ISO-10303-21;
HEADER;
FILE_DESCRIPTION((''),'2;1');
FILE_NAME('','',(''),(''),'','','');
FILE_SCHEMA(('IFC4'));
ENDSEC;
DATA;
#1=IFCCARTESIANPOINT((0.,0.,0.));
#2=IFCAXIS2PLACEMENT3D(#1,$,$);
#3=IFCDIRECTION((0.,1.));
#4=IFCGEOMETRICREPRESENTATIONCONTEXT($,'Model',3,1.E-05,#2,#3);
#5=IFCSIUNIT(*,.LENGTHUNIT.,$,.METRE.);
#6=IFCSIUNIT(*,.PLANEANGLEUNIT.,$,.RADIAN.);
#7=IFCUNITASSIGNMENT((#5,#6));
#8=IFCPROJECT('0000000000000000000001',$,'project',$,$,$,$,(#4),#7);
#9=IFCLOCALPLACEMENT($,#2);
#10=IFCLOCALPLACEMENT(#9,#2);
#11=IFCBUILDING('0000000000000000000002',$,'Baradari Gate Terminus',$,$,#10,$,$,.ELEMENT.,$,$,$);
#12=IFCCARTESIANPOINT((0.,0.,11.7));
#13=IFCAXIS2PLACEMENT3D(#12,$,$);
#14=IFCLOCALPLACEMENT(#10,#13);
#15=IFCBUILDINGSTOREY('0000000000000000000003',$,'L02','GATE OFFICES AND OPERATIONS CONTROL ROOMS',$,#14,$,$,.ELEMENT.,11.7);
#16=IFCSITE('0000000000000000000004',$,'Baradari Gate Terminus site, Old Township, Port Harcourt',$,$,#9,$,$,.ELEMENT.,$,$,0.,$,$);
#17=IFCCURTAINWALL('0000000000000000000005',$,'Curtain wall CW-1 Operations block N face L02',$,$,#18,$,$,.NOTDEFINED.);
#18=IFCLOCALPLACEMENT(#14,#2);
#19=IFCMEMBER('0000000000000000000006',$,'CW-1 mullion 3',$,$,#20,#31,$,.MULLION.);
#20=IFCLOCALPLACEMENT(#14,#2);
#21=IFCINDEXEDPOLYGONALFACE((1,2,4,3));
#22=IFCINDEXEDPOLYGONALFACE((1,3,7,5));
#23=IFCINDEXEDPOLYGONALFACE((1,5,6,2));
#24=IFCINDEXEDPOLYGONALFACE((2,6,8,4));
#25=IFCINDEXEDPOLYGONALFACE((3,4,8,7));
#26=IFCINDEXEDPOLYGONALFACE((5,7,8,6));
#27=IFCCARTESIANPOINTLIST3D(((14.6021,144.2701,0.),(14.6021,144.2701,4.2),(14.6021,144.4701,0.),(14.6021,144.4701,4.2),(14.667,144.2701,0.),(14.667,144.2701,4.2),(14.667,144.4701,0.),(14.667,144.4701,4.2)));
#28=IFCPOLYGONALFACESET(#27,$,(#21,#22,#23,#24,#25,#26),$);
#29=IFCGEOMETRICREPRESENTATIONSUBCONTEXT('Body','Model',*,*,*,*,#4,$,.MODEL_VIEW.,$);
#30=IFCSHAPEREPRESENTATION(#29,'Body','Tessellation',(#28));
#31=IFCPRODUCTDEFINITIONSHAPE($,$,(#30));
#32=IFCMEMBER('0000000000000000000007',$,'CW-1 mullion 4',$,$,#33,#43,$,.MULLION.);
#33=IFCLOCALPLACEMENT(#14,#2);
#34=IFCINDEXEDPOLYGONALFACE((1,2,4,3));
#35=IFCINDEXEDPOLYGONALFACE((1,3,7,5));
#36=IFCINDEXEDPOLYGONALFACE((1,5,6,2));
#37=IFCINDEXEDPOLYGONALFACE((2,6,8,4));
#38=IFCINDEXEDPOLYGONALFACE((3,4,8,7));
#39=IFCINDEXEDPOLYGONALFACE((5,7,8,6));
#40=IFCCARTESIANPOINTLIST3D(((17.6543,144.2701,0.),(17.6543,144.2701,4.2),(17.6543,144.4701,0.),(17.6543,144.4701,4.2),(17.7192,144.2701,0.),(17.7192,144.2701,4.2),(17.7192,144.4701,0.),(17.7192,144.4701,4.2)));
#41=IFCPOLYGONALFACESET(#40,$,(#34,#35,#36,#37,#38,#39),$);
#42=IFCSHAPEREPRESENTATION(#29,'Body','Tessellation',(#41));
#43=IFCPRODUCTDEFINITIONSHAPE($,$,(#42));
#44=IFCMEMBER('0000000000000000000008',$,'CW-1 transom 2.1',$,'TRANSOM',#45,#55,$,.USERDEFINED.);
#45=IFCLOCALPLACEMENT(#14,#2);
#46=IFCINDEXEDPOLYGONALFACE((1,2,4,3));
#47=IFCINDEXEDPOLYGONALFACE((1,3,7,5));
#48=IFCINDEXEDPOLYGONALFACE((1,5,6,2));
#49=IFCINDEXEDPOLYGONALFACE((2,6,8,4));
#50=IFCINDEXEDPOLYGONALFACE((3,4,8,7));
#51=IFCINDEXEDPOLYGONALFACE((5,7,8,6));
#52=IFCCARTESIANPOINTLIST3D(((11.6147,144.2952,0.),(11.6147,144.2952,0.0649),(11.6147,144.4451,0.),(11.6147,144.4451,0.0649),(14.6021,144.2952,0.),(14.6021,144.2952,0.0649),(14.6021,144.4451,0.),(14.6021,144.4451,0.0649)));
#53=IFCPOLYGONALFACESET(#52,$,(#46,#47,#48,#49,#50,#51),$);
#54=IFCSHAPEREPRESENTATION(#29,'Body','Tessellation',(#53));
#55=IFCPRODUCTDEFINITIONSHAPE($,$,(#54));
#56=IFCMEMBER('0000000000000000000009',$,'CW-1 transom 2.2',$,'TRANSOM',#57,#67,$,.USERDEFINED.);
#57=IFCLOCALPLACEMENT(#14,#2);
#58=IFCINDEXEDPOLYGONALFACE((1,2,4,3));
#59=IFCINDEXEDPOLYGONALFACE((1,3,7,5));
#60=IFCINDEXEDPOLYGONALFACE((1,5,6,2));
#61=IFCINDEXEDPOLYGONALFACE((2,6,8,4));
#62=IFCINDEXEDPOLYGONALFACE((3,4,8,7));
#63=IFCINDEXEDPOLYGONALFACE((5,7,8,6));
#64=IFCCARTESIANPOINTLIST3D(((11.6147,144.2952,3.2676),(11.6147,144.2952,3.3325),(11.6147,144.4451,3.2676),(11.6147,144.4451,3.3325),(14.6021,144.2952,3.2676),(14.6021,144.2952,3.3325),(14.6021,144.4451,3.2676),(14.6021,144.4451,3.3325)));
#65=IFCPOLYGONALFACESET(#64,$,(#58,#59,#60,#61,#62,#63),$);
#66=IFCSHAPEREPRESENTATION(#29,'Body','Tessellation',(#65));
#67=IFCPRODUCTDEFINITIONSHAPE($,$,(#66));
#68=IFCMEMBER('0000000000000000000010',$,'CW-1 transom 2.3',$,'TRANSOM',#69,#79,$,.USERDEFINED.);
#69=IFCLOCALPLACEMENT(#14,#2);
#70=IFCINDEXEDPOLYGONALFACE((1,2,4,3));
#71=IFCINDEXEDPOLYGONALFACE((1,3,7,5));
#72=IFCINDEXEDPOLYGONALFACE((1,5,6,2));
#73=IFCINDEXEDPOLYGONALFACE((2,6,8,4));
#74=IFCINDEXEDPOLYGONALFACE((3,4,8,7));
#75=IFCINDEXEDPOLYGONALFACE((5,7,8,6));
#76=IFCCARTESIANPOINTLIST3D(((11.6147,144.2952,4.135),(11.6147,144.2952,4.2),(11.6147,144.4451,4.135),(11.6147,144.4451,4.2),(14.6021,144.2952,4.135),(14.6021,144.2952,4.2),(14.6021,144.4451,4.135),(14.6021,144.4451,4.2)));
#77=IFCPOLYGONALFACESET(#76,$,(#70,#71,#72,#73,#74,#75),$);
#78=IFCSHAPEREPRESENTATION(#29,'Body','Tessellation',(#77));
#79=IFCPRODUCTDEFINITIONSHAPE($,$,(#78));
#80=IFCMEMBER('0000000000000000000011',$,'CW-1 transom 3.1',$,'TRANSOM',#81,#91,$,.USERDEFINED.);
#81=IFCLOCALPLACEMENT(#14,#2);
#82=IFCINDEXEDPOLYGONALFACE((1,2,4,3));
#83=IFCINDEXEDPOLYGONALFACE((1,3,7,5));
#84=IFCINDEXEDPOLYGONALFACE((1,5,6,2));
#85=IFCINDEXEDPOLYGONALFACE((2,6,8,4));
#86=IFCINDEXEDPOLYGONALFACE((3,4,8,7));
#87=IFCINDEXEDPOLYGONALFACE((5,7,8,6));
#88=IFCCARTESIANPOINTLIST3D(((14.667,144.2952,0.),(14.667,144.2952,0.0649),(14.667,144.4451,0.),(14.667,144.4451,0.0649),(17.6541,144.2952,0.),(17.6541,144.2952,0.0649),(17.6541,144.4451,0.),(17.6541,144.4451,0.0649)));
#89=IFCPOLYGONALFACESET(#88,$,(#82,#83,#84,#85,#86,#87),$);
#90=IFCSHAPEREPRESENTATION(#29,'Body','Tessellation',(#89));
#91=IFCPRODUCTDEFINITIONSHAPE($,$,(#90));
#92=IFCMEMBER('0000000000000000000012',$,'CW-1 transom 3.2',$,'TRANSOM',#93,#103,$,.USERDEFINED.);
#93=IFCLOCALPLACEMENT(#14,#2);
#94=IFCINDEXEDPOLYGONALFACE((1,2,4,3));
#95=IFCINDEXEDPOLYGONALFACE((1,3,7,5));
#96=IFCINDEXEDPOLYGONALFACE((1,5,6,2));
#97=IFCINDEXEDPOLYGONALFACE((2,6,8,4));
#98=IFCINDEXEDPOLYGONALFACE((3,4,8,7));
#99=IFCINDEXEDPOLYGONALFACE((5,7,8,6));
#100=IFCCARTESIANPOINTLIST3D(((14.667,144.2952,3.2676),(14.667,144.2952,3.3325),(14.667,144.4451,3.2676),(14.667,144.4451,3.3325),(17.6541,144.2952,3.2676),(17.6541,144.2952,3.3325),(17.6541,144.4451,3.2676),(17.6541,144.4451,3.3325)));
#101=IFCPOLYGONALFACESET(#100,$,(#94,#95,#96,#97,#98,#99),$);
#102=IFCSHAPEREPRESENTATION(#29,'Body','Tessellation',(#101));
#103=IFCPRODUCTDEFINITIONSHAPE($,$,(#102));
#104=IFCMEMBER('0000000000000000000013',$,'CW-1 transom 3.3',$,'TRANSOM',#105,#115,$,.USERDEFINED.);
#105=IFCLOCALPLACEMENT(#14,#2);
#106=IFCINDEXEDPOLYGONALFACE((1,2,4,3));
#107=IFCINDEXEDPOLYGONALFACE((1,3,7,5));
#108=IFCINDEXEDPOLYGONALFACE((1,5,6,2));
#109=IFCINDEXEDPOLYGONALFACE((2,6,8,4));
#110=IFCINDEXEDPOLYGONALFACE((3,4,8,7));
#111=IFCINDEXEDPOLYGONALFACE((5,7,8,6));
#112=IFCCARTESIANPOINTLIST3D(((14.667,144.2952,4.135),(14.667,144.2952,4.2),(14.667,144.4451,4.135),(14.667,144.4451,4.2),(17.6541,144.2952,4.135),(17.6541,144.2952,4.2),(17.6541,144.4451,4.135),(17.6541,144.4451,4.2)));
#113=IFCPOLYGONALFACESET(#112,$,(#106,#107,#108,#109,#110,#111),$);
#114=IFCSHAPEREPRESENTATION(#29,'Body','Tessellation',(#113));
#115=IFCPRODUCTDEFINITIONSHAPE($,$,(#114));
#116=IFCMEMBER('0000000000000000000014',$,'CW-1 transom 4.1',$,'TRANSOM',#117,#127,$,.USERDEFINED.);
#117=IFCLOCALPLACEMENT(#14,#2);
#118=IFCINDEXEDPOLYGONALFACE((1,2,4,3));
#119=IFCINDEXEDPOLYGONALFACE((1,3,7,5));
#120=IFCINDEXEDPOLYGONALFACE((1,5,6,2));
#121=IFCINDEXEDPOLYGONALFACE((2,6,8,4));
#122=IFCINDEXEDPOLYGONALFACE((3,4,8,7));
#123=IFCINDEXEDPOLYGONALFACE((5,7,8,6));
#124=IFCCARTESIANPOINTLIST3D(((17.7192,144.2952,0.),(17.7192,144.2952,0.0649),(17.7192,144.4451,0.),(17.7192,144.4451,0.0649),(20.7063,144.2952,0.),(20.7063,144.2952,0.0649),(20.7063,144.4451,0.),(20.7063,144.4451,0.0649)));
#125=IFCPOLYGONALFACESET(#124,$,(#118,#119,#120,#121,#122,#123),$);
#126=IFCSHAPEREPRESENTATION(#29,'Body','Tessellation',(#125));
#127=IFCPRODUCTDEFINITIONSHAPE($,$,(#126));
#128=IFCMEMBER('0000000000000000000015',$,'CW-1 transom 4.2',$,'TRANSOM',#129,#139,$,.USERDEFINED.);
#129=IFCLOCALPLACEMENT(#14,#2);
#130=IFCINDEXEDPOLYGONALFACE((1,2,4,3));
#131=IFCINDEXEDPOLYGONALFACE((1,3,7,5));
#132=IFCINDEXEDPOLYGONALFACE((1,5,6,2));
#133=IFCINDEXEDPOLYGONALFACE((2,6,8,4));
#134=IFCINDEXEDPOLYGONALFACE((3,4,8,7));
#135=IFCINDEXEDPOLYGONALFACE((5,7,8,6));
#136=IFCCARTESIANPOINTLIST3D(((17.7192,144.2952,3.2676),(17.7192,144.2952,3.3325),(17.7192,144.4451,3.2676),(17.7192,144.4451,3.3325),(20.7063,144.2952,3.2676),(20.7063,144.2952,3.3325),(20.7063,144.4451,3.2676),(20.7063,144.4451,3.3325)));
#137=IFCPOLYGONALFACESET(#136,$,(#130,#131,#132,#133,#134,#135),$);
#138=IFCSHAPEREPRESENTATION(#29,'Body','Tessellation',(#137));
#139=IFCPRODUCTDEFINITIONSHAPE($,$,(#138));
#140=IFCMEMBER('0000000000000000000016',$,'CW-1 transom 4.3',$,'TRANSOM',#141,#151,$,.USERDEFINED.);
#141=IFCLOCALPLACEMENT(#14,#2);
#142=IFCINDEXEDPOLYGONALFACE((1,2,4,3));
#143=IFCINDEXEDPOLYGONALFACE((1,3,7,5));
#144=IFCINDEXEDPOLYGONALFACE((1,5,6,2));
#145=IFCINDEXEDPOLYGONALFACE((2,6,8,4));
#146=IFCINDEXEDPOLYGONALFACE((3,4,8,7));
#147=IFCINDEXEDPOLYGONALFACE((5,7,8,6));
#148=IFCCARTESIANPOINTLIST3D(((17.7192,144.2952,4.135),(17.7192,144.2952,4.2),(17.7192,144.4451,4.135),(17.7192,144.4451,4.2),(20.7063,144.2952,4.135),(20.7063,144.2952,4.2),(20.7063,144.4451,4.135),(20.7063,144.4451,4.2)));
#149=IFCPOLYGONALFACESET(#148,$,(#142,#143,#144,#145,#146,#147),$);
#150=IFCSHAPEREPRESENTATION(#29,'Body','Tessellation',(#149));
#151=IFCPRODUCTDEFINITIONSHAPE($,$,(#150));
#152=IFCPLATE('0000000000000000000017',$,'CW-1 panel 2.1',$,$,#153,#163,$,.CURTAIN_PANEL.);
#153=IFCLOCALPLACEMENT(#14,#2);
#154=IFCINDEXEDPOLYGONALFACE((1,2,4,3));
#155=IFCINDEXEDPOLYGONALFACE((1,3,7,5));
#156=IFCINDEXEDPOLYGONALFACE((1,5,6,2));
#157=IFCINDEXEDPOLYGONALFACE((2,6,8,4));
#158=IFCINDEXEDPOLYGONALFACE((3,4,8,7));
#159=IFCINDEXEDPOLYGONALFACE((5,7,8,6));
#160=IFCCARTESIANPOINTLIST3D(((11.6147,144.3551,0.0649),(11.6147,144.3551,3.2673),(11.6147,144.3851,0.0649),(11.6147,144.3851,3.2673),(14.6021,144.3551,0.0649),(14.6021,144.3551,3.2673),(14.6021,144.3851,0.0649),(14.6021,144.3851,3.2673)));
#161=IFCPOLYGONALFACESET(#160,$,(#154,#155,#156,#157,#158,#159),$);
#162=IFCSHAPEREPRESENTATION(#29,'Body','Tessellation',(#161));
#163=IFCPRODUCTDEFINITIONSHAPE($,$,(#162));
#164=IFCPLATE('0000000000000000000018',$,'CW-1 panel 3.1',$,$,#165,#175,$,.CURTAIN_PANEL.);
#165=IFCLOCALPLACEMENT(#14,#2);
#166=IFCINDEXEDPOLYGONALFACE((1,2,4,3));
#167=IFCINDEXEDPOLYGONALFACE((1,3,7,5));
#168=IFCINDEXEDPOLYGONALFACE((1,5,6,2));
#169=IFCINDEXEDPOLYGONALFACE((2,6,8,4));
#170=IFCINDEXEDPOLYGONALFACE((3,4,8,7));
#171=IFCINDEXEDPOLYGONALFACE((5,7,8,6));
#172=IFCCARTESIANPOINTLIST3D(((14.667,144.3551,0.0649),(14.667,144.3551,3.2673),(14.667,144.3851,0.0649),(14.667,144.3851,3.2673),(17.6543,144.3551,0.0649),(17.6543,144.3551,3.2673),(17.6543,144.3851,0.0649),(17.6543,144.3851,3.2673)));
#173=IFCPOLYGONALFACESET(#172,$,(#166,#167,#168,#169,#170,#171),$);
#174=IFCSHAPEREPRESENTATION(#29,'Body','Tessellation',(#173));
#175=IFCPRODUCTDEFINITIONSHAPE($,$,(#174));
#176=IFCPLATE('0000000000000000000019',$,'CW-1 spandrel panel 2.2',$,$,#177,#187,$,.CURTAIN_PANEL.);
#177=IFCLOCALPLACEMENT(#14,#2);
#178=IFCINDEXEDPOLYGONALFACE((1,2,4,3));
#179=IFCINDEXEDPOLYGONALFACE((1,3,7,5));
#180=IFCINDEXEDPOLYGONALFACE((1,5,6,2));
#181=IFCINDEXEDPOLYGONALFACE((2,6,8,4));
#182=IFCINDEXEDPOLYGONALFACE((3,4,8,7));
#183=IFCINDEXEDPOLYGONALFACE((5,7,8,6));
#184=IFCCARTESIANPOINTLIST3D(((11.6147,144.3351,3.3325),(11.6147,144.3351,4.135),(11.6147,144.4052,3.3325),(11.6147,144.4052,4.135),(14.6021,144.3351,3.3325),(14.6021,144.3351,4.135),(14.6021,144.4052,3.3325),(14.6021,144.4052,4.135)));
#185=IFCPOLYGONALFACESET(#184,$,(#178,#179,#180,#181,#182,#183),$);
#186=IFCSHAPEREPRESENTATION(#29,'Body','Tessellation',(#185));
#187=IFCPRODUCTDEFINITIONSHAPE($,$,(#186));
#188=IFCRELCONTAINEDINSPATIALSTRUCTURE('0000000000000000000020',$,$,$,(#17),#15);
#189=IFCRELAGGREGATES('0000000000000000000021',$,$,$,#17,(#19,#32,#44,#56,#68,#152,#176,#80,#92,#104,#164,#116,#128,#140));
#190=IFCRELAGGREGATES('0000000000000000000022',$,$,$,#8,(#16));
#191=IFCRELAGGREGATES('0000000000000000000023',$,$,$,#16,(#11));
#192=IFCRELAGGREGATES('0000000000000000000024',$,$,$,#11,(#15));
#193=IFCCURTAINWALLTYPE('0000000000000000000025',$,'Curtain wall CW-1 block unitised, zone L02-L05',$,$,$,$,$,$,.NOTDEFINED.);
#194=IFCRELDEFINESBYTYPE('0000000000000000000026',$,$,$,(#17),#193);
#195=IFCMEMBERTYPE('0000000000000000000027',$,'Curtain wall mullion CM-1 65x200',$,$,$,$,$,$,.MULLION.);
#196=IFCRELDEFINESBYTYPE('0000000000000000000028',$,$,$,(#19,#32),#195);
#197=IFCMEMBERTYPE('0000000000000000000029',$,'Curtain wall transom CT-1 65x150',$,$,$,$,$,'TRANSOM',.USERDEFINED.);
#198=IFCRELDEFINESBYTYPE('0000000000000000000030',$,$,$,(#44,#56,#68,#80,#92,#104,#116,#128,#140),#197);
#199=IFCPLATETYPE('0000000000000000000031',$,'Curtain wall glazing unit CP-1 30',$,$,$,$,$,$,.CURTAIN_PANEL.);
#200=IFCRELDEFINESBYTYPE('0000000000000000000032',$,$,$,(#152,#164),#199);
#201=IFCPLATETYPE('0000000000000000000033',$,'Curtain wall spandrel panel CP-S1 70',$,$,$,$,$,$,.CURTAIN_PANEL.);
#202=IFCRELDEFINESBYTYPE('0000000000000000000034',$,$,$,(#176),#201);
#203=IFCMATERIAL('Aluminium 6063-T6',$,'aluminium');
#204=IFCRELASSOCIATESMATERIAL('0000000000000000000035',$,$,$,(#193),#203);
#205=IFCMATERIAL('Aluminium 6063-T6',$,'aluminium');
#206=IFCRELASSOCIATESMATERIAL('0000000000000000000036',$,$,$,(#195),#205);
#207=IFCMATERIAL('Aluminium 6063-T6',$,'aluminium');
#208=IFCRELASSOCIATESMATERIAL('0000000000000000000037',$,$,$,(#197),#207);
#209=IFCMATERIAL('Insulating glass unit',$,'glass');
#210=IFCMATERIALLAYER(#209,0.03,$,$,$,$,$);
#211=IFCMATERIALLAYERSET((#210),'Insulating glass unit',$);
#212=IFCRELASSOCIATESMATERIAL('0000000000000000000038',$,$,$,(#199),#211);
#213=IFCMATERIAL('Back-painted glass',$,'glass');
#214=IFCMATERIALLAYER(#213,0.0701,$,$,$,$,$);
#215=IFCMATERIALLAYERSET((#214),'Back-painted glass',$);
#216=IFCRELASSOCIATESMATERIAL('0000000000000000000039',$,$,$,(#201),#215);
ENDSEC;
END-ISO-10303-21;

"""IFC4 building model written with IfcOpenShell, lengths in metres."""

from ifc_helpers import new_model, si_unit, direction, frame, origin, origin_2d, place, context, subcontext, project, spatial, rectangle, extrude, material, layer, layer_set, material_profile, profile_set, type_object, element, aggregate, save


model = new_model("IFC4")

# Units and contexts
model_context = context("Model", 3, precision=1e-05, world=origin(), true_north=direction((0.0, 1.0)))
body_context = subcontext(model_context, "Body", "Model", "MODEL_VIEW")
ifc_project = project(units=[si_unit("LENGTHUNIT", "METRE"), si_unit("PLANEANGLEUNIT", "RADIAN")], contexts=[model_context])

# Site, building, storey
site_placement = place(None, origin())
site = spatial("IfcSite", under=ifc_project, at=site_placement, Name="Baradari Gate Terminus site, Old Township, Port Harcourt", CompositionType="ELEMENT", RefElevation=0.0)
building_placement = place(site_placement, origin())
building = spatial("IfcBuilding", under=site, at=building_placement, Name="Baradari Gate Terminus", CompositionType="ELEMENT")
storey_placement = place(building_placement, frame((0.0, 0.0, 11.7)))
storey = spatial("IfcBuildingStorey", under=building, at=storey_placement, Name="L02", Description="GATE OFFICES AND OPERATIONS CONTROL ROOMS", CompositionType="ELEMENT", Elevation=11.7)

# Curtain wall, members, plates
ifc_material_1 = material(Name="Aluminium 6063-T6", Category="aluminium")
curtain_wall_type = type_object("IfcCurtainWallType", Name="Curtain wall CW-1 block unitised, zone L02-L05", PredefinedType="NOTDEFINED", material=ifc_material_1)
curtain_wall_placement = place(storey_placement, origin())
curtain_wall = element("IfcCurtainWall", 1, at=curtain_wall_placement, inside=storey, type_object=curtain_wall_type, Name="Curtain wall CW-1 Operations block N face L02", PredefinedType="NOTDEFINED")
ifc_material_2 = material(Name="Aluminium 6063-T6", Category="aluminium")
ifc_material_profile_1 = material_profile(ifc_material_2, rectangle(XDim=0.2, YDim=0.0649, at=origin_2d()), Name="CM-1 65X200")
ifc_profile_set_1 = profile_set([ifc_material_profile_1], Name="Aluminium 6063-T6")
member_type_1 = type_object("IfcMemberType", Name="Curtain wall mullion CM-1 65x200", PredefinedType="MULLION", material=ifc_profile_set_1)
member_1_placement = place(storey_placement, frame((14.6345, 144.3701, 0.0), z_axis=(0.0, 0.0, 1.0), x_axis=(0.0, 1.0, 0.0)))
member_1 = element("IfcMember", 2, at=member_1_placement, type_object=member_type_1, Name="CW-1 mullion 3", PredefinedType="MULLION", context=body_context, shape_type="SweptSolid", body=[
    extrude(rectangle(XDim=0.2, YDim=0.0649, at=origin_2d()), origin(), (0.0, 0.0, 1.0), 4.2),
])
member_2_placement = place(storey_placement, frame((17.6868, 144.3701, 0.0), z_axis=(0.0, 0.0, 1.0), x_axis=(0.0, 1.0, 0.0)))
member_2 = element("IfcMember", 3, at=member_2_placement, type_object=member_type_1, Name="CW-1 mullion 4", PredefinedType="MULLION", context=body_context, shape_type="SweptSolid", body=[
    extrude(rectangle(XDim=0.2, YDim=0.0649, at=origin_2d()), origin(), (0.0, 0.0, 1.0), 4.2),
])
ifc_material_3 = material(Name="Aluminium 6063-T6", Category="aluminium")
ifc_material_profile_2 = material_profile(ifc_material_3, rectangle(XDim=0.1499, YDim=0.0649, at=origin_2d()), Name="CT-1 65X150")
ifc_profile_set_2 = profile_set([ifc_material_profile_2], Name="Aluminium 6063-T6")
member_type_2 = type_object("IfcMemberType", Name="Curtain wall transom CT-1 65x150", ElementType="TRANSOM", PredefinedType="USERDEFINED", material=ifc_profile_set_2)
member_3_placement = place(storey_placement, frame((11.6147, 144.3701, 0.0325), z_axis=(1.0, 0.0, 0.0), x_axis=(0.0, 1.0, 0.0)))
member_3 = element("IfcMember", 4, at=member_3_placement, type_object=member_type_2, Name="CW-1 transom 2.1", ObjectType="TRANSOM", PredefinedType="USERDEFINED", context=body_context, shape_type="SweptSolid", body=[
    extrude(rectangle(XDim=0.1499, YDim=0.0649, at=origin_2d()), origin(), (0.0, 0.0, 1.0), 2.9873),
])
member_4_placement = place(storey_placement, frame((11.6147, 144.3701, 3.3), z_axis=(1.0, 0.0, 0.0), x_axis=(0.0, 1.0, 0.0)))
member_4 = element("IfcMember", 5, at=member_4_placement, type_object=member_type_2, Name="CW-1 transom 2.2", ObjectType="TRANSOM", PredefinedType="USERDEFINED", context=body_context, shape_type="SweptSolid", body=[
    extrude(rectangle(XDim=0.1499, YDim=0.0649, at=origin_2d()), origin(), (0.0, 0.0, 1.0), 2.9873),
])
member_5_placement = place(storey_placement, frame((11.6147, 144.3701, 4.1675), z_axis=(1.0, 0.0, 0.0), x_axis=(0.0, 1.0, 0.0)))
member_5 = element("IfcMember", 6, at=member_5_placement, type_object=member_type_2, Name="CW-1 transom 2.3", ObjectType="TRANSOM", PredefinedType="USERDEFINED", context=body_context, shape_type="SweptSolid", body=[
    extrude(rectangle(XDim=0.1499, YDim=0.0649, at=origin_2d()), origin(), (0.0, 0.0, 1.0), 2.9873),
])
member_6_placement = place(storey_placement, frame((14.667, 144.3701, 0.0325), z_axis=(1.0, 0.0, 0.0), x_axis=(0.0, 1.0, 0.0)))
member_6 = element("IfcMember", 7, at=member_6_placement, type_object=member_type_2, Name="CW-1 transom 3.1", ObjectType="TRANSOM", PredefinedType="USERDEFINED", context=body_context, shape_type="SweptSolid", body=[
    extrude(rectangle(XDim=0.1499, YDim=0.0649, at=origin_2d()), origin(), (0.0, 0.0, 1.0), 2.9871),
])
member_7_placement = place(storey_placement, frame((14.667, 144.3701, 3.3), z_axis=(1.0, 0.0, 0.0), x_axis=(0.0, 1.0, 0.0)))
member_7 = element("IfcMember", 8, at=member_7_placement, type_object=member_type_2, Name="CW-1 transom 3.2", ObjectType="TRANSOM", PredefinedType="USERDEFINED", context=body_context, shape_type="SweptSolid", body=[
    extrude(rectangle(XDim=0.1499, YDim=0.0649, at=origin_2d()), origin(), (0.0, 0.0, 1.0), 2.9871),
])
member_8_placement = place(storey_placement, frame((14.667, 144.3701, 4.1675), z_axis=(1.0, 0.0, 0.0), x_axis=(0.0, 1.0, 0.0)))
member_8 = element("IfcMember", 9, at=member_8_placement, type_object=member_type_2, Name="CW-1 transom 3.3", ObjectType="TRANSOM", PredefinedType="USERDEFINED", context=body_context, shape_type="SweptSolid", body=[
    extrude(rectangle(XDim=0.1499, YDim=0.0649, at=origin_2d()), origin(), (0.0, 0.0, 1.0), 2.9871),
])
member_9_placement = place(storey_placement, frame((17.7192, 144.3701, 0.0325), z_axis=(1.0, 0.0, 0.0), x_axis=(0.0, 1.0, 0.0)))
member_9 = element("IfcMember", 10, at=member_9_placement, type_object=member_type_2, Name="CW-1 transom 4.1", ObjectType="TRANSOM", PredefinedType="USERDEFINED", context=body_context, shape_type="SweptSolid", body=[
    extrude(rectangle(XDim=0.1499, YDim=0.0649, at=origin_2d()), origin(), (0.0, 0.0, 1.0), 2.9871),
])
member_10_placement = place(storey_placement, frame((17.7192, 144.3701, 3.3), z_axis=(1.0, 0.0, 0.0), x_axis=(0.0, 1.0, 0.0)))
member_10 = element("IfcMember", 11, at=member_10_placement, type_object=member_type_2, Name="CW-1 transom 4.2", ObjectType="TRANSOM", PredefinedType="USERDEFINED", context=body_context, shape_type="SweptSolid", body=[
    extrude(rectangle(XDim=0.1499, YDim=0.0649, at=origin_2d()), origin(), (0.0, 0.0, 1.0), 2.9871),
])
member_11_placement = place(storey_placement, frame((17.7192, 144.3701, 4.1675), z_axis=(1.0, 0.0, 0.0), x_axis=(0.0, 1.0, 0.0)))
member_11 = element("IfcMember", 12, at=member_11_placement, type_object=member_type_2, Name="CW-1 transom 4.3", ObjectType="TRANSOM", PredefinedType="USERDEFINED", context=body_context, shape_type="SweptSolid", body=[
    extrude(rectangle(XDim=0.1499, YDim=0.0649, at=origin_2d()), origin(), (0.0, 0.0, 1.0), 2.9871),
])
ifc_material_4 = material(Name="Insulating glass unit", Category="glass")
ifc_layer_1 = layer(ifc_material_4, 0.03)
ifc_layer_set_1 = layer_set([ifc_layer_1], Name="Insulating glass unit")
plate_type_1 = type_object("IfcPlateType", Name="Curtain wall glazing unit CP-1 30", PredefinedType="CURTAIN_PANEL", material=ifc_layer_set_1)
plate_1_placement = place(storey_placement, frame((13.1084, 144.3701, 0.0649), z_axis=(0.0, 0.0, 1.0), x_axis=(1.0, 0.0, 0.0)))
plate_1 = element("IfcPlate", 13, at=plate_1_placement, type_object=plate_type_1, Name="CW-1 panel 2.1", PredefinedType="CURTAIN_PANEL", context=body_context, shape_type="SweptSolid", body=[
    extrude(rectangle(XDim=2.9873, YDim=0.03, at=origin_2d()), origin(), (0.0, 0.0, 1.0), 3.2024),
])
plate_2_placement = place(storey_placement, frame((16.1606, 144.3701, 0.0649), z_axis=(0.0, 0.0, 1.0), x_axis=(1.0, 0.0, 0.0)))
plate_2 = element("IfcPlate", 14, at=plate_2_placement, type_object=plate_type_1, Name="CW-1 panel 3.1", PredefinedType="CURTAIN_PANEL", context=body_context, shape_type="SweptSolid", body=[
    extrude(rectangle(XDim=2.9873, YDim=0.03, at=origin_2d()), origin(), (0.0, 0.0, 1.0), 3.2024),
])
ifc_material_5 = material(Name="Back-painted glass", Category="glass")
ifc_layer_2 = layer(ifc_material_5, 0.0701)
ifc_layer_set_2 = layer_set([ifc_layer_2], Name="Back-painted glass")
plate_type_2 = type_object("IfcPlateType", Name="Curtain wall spandrel panel CP-S1 70", PredefinedType="CURTAIN_PANEL", material=ifc_layer_set_2)
plate_3_placement = place(storey_placement, frame((13.1084, 144.3701, 3.3325), z_axis=(0.0, 0.0, 1.0), x_axis=(1.0, 0.0, 0.0)))
plate_3 = element("IfcPlate", 15, at=plate_3_placement, type_object=plate_type_2, Name="CW-1 spandrel panel 2.2", PredefinedType="CURTAIN_PANEL", context=body_context, shape_type="SweptSolid", body=[
    extrude(rectangle(XDim=2.9873, YDim=0.0701, at=origin_2d()), origin(), (0.0, 0.0, 1.0), 0.8025),
])
aggregate(curtain_wall, [member_1, member_2, member_3, member_4, member_5, plate_1, plate_3, member_6, member_7, member_8, plate_2, member_9, member_10, member_11])

save(model, "model.ifc")
